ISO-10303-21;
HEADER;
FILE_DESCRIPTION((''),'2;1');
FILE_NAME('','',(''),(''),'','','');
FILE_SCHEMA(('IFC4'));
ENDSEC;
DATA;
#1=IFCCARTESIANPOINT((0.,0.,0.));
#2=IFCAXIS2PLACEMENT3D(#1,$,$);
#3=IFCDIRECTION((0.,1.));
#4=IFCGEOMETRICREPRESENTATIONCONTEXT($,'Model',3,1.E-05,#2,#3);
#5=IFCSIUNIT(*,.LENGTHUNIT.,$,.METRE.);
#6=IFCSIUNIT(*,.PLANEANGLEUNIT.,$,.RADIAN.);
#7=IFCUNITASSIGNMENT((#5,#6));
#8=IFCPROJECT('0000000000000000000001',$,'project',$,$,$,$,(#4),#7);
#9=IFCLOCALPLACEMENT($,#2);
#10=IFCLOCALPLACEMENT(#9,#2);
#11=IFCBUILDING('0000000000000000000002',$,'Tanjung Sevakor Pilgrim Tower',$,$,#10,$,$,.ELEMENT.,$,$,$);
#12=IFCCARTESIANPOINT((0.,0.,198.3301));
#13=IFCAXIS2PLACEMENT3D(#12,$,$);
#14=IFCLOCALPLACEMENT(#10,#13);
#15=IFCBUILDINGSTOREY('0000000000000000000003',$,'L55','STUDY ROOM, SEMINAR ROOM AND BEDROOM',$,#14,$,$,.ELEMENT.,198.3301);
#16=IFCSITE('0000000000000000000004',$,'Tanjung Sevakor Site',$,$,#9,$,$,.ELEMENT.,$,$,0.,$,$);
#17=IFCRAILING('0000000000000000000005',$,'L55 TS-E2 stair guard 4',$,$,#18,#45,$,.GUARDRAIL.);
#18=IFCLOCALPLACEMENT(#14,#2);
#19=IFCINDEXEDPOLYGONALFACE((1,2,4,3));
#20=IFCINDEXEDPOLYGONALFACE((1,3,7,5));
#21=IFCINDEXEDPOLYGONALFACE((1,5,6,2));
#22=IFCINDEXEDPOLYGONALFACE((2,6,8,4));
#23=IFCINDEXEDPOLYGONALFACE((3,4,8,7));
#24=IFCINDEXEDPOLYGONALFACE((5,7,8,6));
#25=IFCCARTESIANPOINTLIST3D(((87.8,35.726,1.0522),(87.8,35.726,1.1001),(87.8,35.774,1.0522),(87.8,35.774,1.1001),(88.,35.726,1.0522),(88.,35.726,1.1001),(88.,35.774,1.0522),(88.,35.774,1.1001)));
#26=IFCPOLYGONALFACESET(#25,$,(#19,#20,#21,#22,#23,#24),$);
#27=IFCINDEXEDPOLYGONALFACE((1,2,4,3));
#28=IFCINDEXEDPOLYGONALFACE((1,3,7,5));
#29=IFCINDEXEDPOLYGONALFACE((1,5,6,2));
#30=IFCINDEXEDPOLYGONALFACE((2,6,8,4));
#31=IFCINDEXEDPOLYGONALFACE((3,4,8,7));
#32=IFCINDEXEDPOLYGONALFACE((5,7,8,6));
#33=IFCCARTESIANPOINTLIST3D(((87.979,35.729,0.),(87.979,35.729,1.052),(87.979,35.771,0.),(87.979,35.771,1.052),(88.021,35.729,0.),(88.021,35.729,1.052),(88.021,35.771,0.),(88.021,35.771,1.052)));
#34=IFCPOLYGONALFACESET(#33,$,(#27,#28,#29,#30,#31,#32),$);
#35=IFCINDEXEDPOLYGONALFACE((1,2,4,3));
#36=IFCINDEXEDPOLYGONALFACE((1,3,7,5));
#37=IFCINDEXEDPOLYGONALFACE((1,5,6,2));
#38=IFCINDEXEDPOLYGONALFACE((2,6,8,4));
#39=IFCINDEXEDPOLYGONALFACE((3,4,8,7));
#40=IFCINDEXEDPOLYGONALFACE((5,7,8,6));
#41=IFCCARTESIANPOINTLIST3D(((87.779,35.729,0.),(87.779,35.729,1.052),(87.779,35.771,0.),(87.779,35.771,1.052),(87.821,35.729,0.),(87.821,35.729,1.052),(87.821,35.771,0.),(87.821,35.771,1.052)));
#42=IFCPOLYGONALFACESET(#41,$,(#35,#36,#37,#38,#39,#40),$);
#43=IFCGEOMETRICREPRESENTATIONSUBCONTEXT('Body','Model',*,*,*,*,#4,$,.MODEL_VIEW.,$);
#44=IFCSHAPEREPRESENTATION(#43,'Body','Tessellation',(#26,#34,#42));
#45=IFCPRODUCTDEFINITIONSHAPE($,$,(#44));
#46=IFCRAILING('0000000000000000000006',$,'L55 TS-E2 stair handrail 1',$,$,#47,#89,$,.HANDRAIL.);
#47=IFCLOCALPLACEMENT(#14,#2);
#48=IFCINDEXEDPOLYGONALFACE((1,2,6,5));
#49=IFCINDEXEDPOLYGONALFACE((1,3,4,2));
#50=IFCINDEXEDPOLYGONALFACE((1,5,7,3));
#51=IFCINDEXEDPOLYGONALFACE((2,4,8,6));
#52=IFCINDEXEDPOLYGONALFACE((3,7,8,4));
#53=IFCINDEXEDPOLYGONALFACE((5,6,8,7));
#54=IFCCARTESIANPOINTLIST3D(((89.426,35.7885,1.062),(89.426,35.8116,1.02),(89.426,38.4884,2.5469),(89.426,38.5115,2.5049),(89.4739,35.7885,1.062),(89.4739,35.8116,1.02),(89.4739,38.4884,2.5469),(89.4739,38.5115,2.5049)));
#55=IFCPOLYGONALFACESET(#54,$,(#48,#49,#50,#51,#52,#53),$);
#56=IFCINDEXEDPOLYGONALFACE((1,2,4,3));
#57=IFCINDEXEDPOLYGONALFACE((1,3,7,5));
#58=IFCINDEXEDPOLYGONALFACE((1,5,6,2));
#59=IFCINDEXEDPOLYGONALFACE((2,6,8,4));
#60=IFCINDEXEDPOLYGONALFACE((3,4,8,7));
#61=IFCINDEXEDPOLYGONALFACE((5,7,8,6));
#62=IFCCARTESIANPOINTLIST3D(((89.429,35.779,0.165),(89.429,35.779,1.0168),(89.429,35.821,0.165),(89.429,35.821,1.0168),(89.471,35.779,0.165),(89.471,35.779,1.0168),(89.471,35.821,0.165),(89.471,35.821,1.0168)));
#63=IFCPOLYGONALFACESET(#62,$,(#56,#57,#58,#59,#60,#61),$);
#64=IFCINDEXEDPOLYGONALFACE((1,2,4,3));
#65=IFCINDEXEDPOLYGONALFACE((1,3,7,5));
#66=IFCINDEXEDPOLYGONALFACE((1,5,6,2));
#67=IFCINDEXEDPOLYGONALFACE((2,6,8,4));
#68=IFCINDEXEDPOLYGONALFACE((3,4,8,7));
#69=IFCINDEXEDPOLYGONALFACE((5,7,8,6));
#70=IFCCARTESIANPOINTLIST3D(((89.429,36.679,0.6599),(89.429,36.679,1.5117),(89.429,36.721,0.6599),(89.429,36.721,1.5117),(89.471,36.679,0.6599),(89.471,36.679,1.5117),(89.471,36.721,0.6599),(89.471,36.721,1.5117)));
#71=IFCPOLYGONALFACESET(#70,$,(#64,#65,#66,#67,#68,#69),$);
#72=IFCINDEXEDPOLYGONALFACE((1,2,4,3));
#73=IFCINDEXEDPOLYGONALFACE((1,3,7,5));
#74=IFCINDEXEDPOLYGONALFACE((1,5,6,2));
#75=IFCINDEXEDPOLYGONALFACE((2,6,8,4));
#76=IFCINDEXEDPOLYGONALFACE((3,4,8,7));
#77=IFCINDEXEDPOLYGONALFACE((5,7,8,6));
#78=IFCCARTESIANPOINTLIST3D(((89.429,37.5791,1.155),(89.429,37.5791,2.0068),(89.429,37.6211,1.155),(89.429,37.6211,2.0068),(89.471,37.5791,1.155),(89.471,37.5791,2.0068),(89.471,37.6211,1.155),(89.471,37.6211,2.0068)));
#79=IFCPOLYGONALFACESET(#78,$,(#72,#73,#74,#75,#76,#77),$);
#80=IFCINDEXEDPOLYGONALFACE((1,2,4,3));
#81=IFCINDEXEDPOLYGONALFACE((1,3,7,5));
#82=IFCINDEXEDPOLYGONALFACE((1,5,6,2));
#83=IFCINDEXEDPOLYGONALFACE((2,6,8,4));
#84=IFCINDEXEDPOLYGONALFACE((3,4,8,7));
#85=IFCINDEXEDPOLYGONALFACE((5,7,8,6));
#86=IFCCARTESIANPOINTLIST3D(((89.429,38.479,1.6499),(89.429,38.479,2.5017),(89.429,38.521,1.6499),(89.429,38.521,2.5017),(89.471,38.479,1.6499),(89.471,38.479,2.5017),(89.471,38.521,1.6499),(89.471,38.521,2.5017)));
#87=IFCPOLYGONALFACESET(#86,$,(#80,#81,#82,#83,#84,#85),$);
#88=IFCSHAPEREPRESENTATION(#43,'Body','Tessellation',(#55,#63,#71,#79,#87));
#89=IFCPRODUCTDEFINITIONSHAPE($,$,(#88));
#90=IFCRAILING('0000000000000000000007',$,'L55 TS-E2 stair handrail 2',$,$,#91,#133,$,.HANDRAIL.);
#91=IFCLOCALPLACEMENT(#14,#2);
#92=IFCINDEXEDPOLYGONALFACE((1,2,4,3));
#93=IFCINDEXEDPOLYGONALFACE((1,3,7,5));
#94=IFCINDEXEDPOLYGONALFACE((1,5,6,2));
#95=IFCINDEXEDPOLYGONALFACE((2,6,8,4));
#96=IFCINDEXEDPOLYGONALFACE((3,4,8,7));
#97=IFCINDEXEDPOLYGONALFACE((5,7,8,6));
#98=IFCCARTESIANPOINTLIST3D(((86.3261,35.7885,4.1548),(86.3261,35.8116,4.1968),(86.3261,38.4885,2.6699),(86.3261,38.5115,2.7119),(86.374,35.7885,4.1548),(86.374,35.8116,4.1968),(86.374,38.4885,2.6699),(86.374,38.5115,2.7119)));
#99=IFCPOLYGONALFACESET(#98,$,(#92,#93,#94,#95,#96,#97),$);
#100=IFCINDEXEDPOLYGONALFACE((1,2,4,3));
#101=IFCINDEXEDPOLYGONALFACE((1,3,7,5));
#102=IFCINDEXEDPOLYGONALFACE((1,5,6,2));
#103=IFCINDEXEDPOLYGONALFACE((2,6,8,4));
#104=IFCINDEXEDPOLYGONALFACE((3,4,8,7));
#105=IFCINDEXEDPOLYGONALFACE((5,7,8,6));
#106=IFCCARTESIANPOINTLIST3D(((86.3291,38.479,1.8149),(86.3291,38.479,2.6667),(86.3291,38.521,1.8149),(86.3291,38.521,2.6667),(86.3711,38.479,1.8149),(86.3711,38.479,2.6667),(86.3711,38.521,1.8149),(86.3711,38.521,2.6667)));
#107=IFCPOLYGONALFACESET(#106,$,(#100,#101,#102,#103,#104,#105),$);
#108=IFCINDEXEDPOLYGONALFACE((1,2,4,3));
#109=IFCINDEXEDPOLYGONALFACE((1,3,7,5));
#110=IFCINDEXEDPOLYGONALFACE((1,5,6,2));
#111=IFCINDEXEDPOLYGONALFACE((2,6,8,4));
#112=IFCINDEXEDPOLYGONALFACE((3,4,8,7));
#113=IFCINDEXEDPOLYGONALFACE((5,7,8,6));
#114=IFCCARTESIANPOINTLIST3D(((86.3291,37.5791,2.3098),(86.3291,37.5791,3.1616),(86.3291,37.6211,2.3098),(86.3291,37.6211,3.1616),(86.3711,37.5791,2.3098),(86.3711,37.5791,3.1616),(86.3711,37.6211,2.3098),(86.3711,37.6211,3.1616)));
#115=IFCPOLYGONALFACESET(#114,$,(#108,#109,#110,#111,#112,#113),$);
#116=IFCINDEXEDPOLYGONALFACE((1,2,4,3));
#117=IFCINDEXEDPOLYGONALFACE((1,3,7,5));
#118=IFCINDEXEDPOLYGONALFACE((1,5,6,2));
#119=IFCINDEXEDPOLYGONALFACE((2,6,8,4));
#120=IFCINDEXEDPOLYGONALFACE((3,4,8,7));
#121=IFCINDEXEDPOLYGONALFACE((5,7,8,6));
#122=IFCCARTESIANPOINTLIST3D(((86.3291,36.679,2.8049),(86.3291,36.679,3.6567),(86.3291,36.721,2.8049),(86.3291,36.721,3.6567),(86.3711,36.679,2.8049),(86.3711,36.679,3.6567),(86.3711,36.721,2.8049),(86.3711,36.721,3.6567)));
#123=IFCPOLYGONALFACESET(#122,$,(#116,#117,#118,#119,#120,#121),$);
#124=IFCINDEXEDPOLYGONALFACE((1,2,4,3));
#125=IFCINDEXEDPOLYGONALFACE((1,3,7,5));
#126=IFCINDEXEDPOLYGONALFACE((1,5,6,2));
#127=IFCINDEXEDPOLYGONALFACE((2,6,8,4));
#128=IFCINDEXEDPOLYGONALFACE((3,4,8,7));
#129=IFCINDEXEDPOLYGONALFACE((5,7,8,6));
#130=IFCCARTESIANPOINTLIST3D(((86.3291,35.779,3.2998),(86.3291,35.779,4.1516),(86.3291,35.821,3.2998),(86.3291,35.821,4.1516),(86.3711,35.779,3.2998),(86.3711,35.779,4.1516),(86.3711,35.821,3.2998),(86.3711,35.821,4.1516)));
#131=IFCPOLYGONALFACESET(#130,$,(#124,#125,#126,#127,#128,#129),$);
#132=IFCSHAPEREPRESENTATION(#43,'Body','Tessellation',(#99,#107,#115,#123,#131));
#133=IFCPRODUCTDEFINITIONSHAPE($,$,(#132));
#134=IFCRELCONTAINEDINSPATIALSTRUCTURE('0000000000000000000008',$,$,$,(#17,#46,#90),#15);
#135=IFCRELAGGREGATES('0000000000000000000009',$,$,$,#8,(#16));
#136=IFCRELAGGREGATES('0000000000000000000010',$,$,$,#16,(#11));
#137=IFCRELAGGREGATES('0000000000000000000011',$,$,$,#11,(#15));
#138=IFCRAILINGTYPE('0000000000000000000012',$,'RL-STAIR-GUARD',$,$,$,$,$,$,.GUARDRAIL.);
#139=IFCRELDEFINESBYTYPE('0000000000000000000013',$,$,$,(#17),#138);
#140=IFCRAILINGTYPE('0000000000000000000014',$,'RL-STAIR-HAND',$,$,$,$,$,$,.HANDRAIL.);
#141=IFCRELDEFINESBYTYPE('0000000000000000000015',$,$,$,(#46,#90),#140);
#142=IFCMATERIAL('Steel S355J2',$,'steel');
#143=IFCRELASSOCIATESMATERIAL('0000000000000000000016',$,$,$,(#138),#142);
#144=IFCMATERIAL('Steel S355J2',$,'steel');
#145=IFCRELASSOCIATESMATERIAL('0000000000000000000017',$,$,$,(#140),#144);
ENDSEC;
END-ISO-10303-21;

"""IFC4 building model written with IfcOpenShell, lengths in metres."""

from ifc_helpers import new_model, si_unit, direction, frame, origin, place, context, subcontext, project, spatial, rectangle, extrude, material, type_object, element, save


model = new_model("IFC4")

# Units and contexts
model_context = context("Model", 3, precision=1e-05, world=origin(), true_north=direction((0.0, 1.0)))
body_context = subcontext(model_context, "Body", "Model", "MODEL_VIEW")
ifc_project = project(units=[si_unit("LENGTHUNIT", "METRE"), si_unit("PLANEANGLEUNIT", "RADIAN")], contexts=[model_context])

# Site, building, storey
site_placement = place(None, origin())
site = spatial("IfcSite", under=ifc_project, at=site_placement, Name="Tanjung Sevakor Site", CompositionType="ELEMENT", RefElevation=0.0)
building_placement = place(site_placement, origin())
building = spatial("IfcBuilding", under=site, at=building_placement, Name="Tanjung Sevakor Pilgrim Tower", CompositionType="ELEMENT")
storey_placement = place(building_placement, frame((0.0, 0.0, 198.3301)))
storey = spatial("IfcBuildingStorey", under=building, at=storey_placement, Name="L55", Description="STUDY ROOM, SEMINAR ROOM AND BEDROOM", CompositionType="ELEMENT", Elevation=198.3301)

# Railings
ifc_material_1 = material(Name="Steel S355J2", Category="steel")
railing_type_1 = type_object("IfcRailingType", Name="RL-STAIR-GUARD", PredefinedType="GUARDRAIL", material=ifc_material_1)
railing_1_placement = place(storey_placement, frame((88.0, 35.75, 0.0)))
element("IfcRailing", 1, at=railing_1_placement, inside=storey, type_object=railing_type_1, Name="L55 TS-E2 stair guard 4", PredefinedType="GUARDRAIL", context=body_context, shape_type="SweptSolid", body=[
    extrude(rectangle(XDim=0.0479, YDim=0.0479), frame((0.0, 0.0, 1.0762), z_axis=(-1.0, 0.0, 0.0), x_axis=(0.0, -1.0, 0.0)), (0.0, 0.0, 1.0), 0.2),
    extrude(rectangle(XDim=0.042, YDim=0.042), origin(), (0.0, 0.0, 1.0), 1.052),
    extrude(rectangle(XDim=0.042, YDim=0.042), frame((-0.2, 0.0, 0.0)), (0.0, 0.0, 1.0), 1.052),
])
ifc_material_2 = material(Name="Steel S355J2", Category="steel")
railing_type_2 = type_object("IfcRailingType", Name="RL-STAIR-HAND", PredefinedType="HANDRAIL", material=ifc_material_2)
railing_2_placement = place(storey_placement, frame((89.45, 35.8, 0.165)))
element("IfcRailing", 2, at=railing_2_placement, inside=storey, type_object=railing_type_2, Name="L55 TS-E2 stair handrail 1", PredefinedType="HANDRAIL", context=body_context, shape_type="SweptSolid", body=[
    extrude(rectangle(XDim=0.0479, YDim=0.0479), frame((0.0, 0.0, 0.876), z_axis=(0.0, 0.876231, 0.481891), x_axis=(-1.0, 0.0, 0.0)), (0.0, 0.0, 1.0), 3.0813),
    extrude(rectangle(XDim=0.042, YDim=0.042), origin(), (0.0, 0.0, 1.0), 0.8518),
    extrude(rectangle(XDim=0.042, YDim=0.042), frame((0.0, 0.8999, 0.4949)), (0.0, 0.0, 1.0), 0.8518),
    extrude(rectangle(XDim=0.042, YDim=0.042), frame((0.0, 1.8, 0.99)), (0.0, 0.0, 1.0), 0.8518),
    extrude(rectangle(XDim=0.042, YDim=0.042), frame((0.0, 2.7, 1.4849)), (0.0, 0.0, 1.0), 0.8518),
])
railing_3_placement = place(storey_placement, frame((86.3501, 38.5, 1.8149)))
element("IfcRailing", 3, at=railing_3_placement, inside=storey, type_object=railing_type_2, Name="L55 TS-E2 stair handrail 2", PredefinedType="HANDRAIL", context=body_context, shape_type="SweptSolid", body=[
    extrude(rectangle(XDim=0.0479, YDim=0.0479), frame((0.0, 0.0, 0.876), z_axis=(0.0, -0.876231, 0.481891), x_axis=(1.0, 0.0, 0.0)), (0.0, 0.0, 1.0), 3.0813),
    extrude(rectangle(XDim=0.042, YDim=0.042), origin(), (0.0, 0.0, 1.0), 0.8518),
    extrude(rectangle(XDim=0.042, YDim=0.042), frame((0.0, -0.8999, 0.4949)), (0.0, 0.0, 1.0), 0.8518),
    extrude(rectangle(XDim=0.042, YDim=0.042), frame((0.0, -1.8, 0.99)), (0.0, 0.0, 1.0), 0.8518),
    extrude(rectangle(XDim=0.042, YDim=0.042), frame((0.0, -2.7, 1.4849)), (0.0, 0.0, 1.0), 0.8518),
])

save(model, "model.ifc")
